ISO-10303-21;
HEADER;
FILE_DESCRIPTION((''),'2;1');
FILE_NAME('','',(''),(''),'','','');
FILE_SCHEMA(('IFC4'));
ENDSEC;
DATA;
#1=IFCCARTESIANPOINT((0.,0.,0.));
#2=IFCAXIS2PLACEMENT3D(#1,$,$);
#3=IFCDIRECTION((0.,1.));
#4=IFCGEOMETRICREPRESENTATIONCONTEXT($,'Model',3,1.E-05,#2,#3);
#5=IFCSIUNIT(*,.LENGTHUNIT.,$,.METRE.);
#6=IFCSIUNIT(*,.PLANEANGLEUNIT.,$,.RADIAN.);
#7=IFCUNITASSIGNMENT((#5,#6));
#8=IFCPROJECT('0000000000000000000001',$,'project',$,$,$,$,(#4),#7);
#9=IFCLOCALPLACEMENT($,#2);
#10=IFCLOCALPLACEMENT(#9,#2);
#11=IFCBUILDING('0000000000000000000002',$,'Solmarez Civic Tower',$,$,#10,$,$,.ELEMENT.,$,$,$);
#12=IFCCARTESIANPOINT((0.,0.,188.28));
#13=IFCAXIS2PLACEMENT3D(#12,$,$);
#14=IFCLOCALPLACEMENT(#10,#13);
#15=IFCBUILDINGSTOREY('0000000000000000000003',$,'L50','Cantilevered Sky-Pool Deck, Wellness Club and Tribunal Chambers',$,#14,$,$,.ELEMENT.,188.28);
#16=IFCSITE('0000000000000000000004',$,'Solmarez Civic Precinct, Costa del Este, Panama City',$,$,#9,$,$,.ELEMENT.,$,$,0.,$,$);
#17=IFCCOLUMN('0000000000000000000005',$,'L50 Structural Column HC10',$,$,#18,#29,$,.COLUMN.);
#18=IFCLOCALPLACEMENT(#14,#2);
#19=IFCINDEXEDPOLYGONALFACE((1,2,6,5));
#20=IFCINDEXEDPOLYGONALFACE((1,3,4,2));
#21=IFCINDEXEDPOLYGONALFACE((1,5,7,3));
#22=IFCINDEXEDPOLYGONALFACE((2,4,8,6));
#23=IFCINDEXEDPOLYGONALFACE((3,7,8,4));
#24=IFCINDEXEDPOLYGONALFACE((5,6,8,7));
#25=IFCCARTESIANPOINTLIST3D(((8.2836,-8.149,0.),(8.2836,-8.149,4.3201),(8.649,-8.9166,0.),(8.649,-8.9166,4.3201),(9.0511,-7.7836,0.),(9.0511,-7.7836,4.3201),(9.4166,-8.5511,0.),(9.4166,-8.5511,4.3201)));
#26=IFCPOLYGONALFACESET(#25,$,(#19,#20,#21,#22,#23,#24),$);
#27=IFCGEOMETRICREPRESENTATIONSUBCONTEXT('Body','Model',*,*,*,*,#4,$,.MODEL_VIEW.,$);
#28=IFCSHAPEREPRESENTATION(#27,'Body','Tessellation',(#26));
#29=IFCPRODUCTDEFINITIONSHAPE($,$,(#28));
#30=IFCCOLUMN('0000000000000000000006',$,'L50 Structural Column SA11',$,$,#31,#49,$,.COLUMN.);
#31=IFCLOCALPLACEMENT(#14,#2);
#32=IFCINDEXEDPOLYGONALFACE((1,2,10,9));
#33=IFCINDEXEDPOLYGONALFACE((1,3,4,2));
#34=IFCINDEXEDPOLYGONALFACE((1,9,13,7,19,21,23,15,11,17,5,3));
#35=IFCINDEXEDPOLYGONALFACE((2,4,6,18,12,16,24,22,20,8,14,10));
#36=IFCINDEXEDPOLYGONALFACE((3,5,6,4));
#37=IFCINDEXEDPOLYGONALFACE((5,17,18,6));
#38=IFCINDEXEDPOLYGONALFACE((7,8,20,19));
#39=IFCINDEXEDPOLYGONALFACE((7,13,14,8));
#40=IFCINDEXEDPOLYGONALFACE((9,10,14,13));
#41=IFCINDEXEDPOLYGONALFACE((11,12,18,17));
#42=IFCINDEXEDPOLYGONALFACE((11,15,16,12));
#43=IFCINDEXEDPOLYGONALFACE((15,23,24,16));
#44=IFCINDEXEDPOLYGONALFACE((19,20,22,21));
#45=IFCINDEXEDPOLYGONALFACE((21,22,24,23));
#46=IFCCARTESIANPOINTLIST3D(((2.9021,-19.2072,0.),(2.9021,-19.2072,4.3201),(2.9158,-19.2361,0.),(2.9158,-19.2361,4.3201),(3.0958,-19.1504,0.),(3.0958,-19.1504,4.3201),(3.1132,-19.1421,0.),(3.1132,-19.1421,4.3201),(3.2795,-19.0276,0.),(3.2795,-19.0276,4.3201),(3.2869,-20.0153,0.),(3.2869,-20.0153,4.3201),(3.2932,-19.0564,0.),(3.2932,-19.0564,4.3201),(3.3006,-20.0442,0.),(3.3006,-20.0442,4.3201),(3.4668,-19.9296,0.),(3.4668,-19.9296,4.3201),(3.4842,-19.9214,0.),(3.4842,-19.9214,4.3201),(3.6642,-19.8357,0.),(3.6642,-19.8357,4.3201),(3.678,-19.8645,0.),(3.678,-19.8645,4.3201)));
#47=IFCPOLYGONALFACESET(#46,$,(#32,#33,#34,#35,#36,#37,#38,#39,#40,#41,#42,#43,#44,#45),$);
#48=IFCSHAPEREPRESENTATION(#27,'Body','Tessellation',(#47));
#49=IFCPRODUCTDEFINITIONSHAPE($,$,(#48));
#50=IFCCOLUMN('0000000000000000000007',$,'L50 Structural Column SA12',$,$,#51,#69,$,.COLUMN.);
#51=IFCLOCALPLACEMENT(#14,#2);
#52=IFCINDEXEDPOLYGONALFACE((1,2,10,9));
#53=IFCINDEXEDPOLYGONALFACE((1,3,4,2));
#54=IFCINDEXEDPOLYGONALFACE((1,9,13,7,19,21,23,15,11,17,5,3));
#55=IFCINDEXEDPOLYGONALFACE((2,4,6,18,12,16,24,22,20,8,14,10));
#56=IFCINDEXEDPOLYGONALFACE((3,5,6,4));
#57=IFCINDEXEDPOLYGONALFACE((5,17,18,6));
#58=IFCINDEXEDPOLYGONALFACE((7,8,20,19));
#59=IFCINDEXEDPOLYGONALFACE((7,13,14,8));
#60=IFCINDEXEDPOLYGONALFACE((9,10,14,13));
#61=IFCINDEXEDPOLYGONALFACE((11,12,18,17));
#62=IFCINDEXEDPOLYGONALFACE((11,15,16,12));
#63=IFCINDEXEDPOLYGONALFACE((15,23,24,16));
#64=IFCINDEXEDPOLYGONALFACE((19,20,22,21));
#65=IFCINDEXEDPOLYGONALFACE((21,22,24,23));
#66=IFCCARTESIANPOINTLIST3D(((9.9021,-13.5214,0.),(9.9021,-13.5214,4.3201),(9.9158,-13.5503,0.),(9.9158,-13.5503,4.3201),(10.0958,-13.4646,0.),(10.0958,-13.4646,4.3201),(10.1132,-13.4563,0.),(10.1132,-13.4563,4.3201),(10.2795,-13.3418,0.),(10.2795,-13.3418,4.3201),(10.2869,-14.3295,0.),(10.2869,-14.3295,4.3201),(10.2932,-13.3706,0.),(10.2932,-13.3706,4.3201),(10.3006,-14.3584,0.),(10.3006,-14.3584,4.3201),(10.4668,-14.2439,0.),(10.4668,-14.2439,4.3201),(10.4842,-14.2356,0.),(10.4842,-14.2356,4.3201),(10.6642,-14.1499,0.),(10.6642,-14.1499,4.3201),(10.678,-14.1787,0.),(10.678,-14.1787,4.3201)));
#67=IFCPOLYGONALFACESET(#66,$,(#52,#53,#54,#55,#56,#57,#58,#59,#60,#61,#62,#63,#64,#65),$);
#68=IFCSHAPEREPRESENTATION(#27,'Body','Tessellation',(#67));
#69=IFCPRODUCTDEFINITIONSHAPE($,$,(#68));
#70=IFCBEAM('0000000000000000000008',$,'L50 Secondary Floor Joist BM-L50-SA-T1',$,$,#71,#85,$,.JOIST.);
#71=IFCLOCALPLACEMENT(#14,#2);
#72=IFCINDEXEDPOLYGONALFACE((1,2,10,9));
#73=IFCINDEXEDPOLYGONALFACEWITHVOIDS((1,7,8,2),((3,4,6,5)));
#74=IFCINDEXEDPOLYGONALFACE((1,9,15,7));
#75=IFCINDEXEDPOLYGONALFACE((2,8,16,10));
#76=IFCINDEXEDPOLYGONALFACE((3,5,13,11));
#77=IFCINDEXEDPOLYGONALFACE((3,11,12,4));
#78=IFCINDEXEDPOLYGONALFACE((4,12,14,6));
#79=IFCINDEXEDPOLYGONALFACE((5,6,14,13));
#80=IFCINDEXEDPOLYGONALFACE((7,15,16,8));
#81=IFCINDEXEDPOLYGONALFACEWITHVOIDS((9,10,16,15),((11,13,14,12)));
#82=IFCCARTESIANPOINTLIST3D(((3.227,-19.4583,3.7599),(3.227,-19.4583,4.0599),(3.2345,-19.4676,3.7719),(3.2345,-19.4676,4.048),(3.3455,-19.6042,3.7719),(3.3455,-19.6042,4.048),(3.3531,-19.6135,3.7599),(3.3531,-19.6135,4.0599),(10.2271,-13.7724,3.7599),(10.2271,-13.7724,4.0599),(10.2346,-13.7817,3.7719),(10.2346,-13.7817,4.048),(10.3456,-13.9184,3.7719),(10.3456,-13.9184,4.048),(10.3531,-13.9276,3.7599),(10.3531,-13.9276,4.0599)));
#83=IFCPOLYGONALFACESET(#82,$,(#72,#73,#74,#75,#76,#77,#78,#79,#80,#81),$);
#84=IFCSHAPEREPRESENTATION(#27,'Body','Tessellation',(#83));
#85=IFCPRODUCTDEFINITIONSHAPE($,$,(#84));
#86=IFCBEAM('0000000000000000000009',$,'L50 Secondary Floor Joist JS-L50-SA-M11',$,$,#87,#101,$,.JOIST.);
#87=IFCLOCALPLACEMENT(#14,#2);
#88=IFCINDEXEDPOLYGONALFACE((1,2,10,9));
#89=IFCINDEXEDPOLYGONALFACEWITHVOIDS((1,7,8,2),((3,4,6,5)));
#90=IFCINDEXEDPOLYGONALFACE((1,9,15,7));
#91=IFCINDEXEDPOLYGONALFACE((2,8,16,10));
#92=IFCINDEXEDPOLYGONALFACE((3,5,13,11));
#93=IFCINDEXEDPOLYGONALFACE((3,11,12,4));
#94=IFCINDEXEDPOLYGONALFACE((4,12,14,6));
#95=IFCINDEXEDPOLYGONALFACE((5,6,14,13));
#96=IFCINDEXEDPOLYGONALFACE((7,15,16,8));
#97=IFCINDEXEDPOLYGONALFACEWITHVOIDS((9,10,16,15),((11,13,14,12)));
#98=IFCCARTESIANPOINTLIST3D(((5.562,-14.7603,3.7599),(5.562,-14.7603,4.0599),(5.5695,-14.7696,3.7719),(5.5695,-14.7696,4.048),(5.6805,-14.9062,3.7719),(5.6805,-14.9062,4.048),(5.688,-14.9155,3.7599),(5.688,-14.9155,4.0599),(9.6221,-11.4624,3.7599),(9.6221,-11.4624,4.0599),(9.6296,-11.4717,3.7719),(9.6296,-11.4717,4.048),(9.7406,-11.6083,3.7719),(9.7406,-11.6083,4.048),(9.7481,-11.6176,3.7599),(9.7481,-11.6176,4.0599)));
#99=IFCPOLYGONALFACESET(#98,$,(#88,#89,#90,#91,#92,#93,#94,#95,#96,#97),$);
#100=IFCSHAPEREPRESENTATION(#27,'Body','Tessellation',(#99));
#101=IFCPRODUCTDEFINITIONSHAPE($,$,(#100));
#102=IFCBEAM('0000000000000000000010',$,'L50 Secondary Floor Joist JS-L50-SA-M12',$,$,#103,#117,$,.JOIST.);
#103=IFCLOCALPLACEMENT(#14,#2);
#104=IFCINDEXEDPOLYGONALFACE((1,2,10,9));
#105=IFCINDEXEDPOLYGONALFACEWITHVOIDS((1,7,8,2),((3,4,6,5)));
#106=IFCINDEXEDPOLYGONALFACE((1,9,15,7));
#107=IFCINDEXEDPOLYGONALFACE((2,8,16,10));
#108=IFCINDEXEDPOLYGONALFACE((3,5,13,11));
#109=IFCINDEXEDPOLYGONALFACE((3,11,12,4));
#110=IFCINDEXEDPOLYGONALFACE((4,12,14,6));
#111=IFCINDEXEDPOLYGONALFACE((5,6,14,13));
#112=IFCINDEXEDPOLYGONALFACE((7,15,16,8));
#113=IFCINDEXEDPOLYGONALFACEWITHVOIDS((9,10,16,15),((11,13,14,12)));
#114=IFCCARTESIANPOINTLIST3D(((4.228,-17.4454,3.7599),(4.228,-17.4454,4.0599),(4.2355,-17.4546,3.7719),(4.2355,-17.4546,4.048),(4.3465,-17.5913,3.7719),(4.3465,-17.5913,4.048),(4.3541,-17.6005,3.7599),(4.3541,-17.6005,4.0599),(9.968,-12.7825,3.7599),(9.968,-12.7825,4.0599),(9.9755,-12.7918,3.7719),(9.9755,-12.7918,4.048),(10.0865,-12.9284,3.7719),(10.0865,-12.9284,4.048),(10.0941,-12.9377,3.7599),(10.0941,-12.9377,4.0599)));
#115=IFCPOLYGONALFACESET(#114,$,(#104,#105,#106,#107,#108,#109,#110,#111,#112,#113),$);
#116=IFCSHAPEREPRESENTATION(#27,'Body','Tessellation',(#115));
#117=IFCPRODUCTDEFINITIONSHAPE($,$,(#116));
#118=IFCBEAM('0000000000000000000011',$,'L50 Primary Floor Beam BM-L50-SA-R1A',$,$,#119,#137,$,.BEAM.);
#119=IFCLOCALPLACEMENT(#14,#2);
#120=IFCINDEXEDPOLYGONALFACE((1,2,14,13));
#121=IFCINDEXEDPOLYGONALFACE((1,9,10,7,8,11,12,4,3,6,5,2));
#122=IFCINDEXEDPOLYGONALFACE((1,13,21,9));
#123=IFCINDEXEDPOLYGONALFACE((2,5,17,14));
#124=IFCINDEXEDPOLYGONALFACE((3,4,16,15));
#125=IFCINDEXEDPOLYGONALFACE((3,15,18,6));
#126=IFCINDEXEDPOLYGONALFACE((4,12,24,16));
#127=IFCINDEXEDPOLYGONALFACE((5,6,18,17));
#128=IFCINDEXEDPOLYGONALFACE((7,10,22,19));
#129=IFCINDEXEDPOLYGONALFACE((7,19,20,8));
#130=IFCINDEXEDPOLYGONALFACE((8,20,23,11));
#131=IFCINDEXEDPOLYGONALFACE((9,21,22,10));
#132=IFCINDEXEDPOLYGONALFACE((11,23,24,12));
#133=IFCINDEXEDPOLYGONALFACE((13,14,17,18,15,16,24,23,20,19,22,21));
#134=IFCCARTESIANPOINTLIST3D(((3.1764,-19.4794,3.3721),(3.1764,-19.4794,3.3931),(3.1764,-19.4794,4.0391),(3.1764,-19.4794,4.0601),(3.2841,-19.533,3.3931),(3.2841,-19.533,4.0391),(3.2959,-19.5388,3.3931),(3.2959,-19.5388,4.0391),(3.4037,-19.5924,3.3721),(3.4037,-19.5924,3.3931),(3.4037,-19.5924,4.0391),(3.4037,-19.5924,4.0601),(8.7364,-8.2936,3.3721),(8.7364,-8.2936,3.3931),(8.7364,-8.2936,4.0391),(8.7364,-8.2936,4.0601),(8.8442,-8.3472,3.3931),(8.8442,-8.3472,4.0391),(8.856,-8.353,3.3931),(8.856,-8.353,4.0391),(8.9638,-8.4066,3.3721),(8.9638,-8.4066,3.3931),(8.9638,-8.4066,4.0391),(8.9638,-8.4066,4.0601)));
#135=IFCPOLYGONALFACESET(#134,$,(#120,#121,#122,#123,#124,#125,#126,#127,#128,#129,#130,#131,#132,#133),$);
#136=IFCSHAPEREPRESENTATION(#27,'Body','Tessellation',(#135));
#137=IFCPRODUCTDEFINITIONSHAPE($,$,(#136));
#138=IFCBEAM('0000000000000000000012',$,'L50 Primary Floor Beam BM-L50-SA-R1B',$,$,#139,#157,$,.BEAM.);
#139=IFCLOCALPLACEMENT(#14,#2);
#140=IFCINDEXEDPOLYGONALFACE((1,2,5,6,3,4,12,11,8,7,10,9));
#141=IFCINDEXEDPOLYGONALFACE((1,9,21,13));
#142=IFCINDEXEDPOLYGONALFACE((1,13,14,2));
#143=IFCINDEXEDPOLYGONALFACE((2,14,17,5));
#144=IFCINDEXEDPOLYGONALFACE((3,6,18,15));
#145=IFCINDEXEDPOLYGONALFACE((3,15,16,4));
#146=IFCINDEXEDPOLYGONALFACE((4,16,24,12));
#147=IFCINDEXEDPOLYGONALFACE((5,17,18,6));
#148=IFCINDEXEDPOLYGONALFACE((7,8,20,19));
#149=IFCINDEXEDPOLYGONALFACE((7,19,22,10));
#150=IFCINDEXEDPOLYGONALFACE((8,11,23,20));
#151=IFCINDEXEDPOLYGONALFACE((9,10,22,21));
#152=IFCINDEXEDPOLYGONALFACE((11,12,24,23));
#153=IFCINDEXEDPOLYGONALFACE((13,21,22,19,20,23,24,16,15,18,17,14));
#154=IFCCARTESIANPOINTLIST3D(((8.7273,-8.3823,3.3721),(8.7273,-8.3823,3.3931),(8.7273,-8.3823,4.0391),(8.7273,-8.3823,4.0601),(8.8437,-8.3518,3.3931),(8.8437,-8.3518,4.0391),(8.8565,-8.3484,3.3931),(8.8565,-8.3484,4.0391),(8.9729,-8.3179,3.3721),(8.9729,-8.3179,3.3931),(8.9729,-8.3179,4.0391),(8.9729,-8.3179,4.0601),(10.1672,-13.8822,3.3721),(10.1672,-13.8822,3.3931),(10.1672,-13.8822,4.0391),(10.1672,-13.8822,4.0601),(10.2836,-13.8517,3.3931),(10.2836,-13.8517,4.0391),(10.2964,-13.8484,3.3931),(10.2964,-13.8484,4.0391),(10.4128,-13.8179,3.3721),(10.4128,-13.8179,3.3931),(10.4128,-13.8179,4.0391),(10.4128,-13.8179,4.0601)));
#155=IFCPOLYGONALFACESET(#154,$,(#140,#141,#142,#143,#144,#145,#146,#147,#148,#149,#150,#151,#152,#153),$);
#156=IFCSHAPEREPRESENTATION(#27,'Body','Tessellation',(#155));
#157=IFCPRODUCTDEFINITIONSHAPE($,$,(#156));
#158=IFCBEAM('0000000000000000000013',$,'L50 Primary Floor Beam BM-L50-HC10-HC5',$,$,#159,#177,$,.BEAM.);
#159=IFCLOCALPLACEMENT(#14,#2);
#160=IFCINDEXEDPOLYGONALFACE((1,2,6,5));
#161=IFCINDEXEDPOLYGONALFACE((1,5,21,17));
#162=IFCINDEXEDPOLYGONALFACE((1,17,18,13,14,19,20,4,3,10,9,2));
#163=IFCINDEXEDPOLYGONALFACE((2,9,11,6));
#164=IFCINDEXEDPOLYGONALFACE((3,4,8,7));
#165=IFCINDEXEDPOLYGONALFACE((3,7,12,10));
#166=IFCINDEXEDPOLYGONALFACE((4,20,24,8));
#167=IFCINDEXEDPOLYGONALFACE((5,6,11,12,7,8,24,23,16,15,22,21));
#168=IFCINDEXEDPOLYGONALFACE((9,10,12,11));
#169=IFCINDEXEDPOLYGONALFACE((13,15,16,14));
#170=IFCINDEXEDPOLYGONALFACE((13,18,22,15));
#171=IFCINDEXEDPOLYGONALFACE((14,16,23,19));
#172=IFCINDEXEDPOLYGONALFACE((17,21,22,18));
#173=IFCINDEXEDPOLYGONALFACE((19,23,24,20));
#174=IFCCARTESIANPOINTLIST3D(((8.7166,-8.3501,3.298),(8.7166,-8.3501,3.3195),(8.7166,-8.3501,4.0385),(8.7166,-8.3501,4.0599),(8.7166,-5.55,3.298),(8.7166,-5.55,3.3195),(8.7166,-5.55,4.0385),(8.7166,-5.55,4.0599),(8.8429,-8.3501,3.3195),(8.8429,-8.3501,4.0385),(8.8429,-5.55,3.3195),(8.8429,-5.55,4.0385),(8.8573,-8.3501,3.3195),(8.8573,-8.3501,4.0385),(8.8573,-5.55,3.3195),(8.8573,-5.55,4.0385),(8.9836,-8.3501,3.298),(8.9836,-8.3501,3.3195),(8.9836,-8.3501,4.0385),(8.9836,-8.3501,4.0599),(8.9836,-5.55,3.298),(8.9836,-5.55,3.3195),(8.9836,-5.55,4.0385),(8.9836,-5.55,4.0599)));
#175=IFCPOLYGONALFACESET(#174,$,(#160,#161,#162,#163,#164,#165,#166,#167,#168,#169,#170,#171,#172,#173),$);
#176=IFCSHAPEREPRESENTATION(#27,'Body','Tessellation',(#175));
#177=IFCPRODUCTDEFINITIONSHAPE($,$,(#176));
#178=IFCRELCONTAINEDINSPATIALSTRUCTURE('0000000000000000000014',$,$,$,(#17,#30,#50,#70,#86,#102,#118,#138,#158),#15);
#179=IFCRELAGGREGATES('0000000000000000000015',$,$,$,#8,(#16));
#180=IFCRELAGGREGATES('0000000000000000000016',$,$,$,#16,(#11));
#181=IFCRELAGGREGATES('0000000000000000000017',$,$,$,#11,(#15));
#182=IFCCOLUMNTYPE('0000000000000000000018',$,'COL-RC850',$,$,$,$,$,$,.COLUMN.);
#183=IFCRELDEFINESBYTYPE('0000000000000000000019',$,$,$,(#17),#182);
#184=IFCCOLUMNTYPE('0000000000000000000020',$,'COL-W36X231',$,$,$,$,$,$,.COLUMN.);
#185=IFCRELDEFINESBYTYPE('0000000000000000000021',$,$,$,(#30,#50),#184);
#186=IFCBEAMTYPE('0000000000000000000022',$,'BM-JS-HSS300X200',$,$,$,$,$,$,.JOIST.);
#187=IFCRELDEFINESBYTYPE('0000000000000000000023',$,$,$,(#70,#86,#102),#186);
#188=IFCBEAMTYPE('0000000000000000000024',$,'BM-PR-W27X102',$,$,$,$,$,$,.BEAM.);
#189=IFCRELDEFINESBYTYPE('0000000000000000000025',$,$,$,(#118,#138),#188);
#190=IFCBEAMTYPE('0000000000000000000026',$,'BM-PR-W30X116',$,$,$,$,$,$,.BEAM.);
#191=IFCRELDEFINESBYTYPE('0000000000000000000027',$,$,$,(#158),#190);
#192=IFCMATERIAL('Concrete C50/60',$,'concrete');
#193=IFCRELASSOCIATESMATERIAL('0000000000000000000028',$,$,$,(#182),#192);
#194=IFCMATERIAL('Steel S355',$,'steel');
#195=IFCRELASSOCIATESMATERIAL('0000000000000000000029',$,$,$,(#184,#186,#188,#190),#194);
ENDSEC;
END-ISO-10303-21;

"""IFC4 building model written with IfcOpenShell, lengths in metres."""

from ifc_helpers import new_model, si_unit, direction, frame, origin, origin_2d, place, context, subcontext, project, spatial, rectangle, hollow_rectangle, i_section, extrude, material, material_profile, profile_set, type_object, element, save


model = new_model("IFC4")

# Units and contexts
model_context = context("Model", 3, precision=1e-05, world=origin(), true_north=direction((0.0, 1.0)))
body_context = subcontext(model_context, "Body", "Model", "MODEL_VIEW")
ifc_project = project(units=[si_unit("LENGTHUNIT", "METRE"), si_unit("PLANEANGLEUNIT", "RADIAN")], contexts=[model_context])

# Site, building, storey
site_placement = place(None, origin())
site = spatial("IfcSite", under=ifc_project, at=site_placement, Name="Solmarez Civic Precinct, Costa del Este, Panama City", CompositionType="ELEMENT", RefElevation=0.0)
building_placement = place(site_placement, origin())
building = spatial("IfcBuilding", under=site, at=building_placement, Name="Solmarez Civic Tower", CompositionType="ELEMENT")
storey_placement = place(building_placement, frame((0.0, 0.0, 188.28)))
storey = spatial("IfcBuildingStorey", under=building, at=storey_placement, Name="L50", Description="Cantilevered Sky-Pool Deck, Wellness Club and Tribunal Chambers", CompositionType="ELEMENT", Elevation=188.28)

# Columns
ifc_material_1 = material(Name="Concrete C50/60", Category="concrete")
ifc_material_profile_1 = material_profile(ifc_material_1, rectangle(XDim=0.8501, YDim=0.8501, at=origin_2d()), Name="RC850X850")
ifc_profile_set_1 = profile_set([ifc_material_profile_1], Name="Concrete C50/60")
column_type_1 = type_object("IfcColumnType", Name="COL-RC850", PredefinedType="COLUMN", material=ifc_profile_set_1)
column_placement = place(storey_placement, frame((8.8501, -8.3501, 0.0), z_axis=(0.0, 0.0, 1.0), x_axis=(0.902886, 0.429881, 0.0)))
element("IfcColumn", 1, at=column_placement, inside=storey, type_object=column_type_1, Name="L50 Structural Column HC10", PredefinedType="COLUMN", context=body_context, shape_type="SweptSolid", body=[
    extrude(rectangle(XDim=0.8501, YDim=0.8501, at=origin_2d()), origin(), (0.0, 0.0, 1.0), 4.3201),
])
ifc_material_2 = material(Name="Steel S355", Category="steel")
ifc_material_profile_2 = material_profile(ifc_material_2, i_section(OverallWidth=0.418, OverallDepth=0.927, WebThickness=0.0193, FlangeThickness=0.032, at=origin_2d()), Name="W36X231")
ifc_profile_set_2 = profile_set([ifc_material_profile_2], Name="Steel S355")
column_type_2 = type_object("IfcColumnType", Name="COL-W36X231", PredefinedType="COLUMN", material=ifc_profile_set_2)
for number, where, z_axis, x_axis, name in (
    (2, (3.29, -19.5359, 0.0), (0.0, 0.0, 1.0), (0.902886, 0.429881, 0.0), "L50 Structural Column SA11"),
    (3, (10.29, -13.8501, 0.0), (0.0, 0.0, 1.0), (0.902886, 0.429881, 0.0), "L50 Structural Column SA12"),
):
    element("IfcColumn", number, at=place(storey_placement, frame(where, z_axis=z_axis, x_axis=x_axis)), inside=storey, type_object=column_type_2, Name=name, PredefinedType="COLUMN", context=body_context, shape_type="SweptSolid", body=[
        extrude(i_section(OverallWidth=0.418, OverallDepth=0.927, WebThickness=0.0193, FlangeThickness=0.032, at=origin_2d()), origin(), (0.0, 0.0, 1.0), 4.3201),
    ])

# Beams
ifc_material_profile_3 = material_profile(ifc_material_2, hollow_rectangle(XDim=0.2, YDim=0.3, WallThickness=0.012, at=origin_2d()), Name="HSS300X200X12")
ifc_profile_set_3 = profile_set([ifc_material_profile_3], Name="Steel S355")
beam_type_1 = type_object("IfcBeamType", Name="BM-JS-HSS300X200", PredefinedType="JOIST", material=ifc_profile_set_3)
beam_1_placement = place(storey_placement, frame((3.29, -19.5359, 3.9099), z_axis=(0.776207, 0.630478, 0.0), x_axis=(-0.630478, 0.776207, 0.0)))
element("IfcBeam", 4, at=beam_1_placement, inside=storey, type_object=beam_type_1, Name="L50 Secondary Floor Joist BM-L50-SA-T1", PredefinedType="JOIST", context=body_context, shape_type="SweptSolid", body=[
    extrude(hollow_rectangle(XDim=0.2, YDim=0.3, WallThickness=0.012, at=origin_2d()), origin(), (0.0, 0.0, 1.0), 9.0183),
])
beam_2_placement = place(storey_placement, frame((5.625, -14.8379, 3.9099), z_axis=(0.776203, 0.630484, 0.0), x_axis=(-0.630484, 0.776203, 0.0)))
element("IfcBeam", 5, at=beam_2_placement, inside=storey, type_object=beam_type_1, Name="L50 Secondary Floor Joist JS-L50-SA-M11", PredefinedType="JOIST", context=body_context, shape_type="SweptSolid", body=[
    extrude(hollow_rectangle(XDim=0.2, YDim=0.3, WallThickness=0.012, at=origin_2d()), origin(), (0.0, 0.0, 1.0), 5.2307),
])
beam_3_placement = place(storey_placement, frame((4.291, -17.5229, 3.9099), z_axis=(0.776174, 0.630519, 0.0), x_axis=(-0.630519, 0.776174, 0.0)))
element("IfcBeam", 6, at=beam_3_placement, inside=storey, type_object=beam_type_1, Name="L50 Secondary Floor Joist JS-L50-SA-M12", PredefinedType="JOIST", context=body_context, shape_type="SweptSolid", body=[
    extrude(hollow_rectangle(XDim=0.2, YDim=0.3, WallThickness=0.012, at=origin_2d()), origin(), (0.0, 0.0, 1.0), 7.3953),
])
ifc_material_profile_4 = material_profile(ifc_material_2, i_section(OverallWidth=0.2539, OverallDepth=0.688, WebThickness=0.0132, FlangeThickness=0.021, at=origin_2d()), Name="W27X102")
ifc_profile_set_4 = profile_set([ifc_material_profile_4], Name="Steel S355")
beam_type_2 = type_object("IfcBeamType", Name="BM-PR-W27X102", PredefinedType="BEAM", material=ifc_profile_set_4)
beam_4_placement = place(storey_placement, frame((8.8501, -8.3501, 3.7161), z_axis=(-0.445109, -0.895476, 0.0), x_axis=(0.895476, -0.445109, 0.0)))
element("IfcBeam", 7, at=beam_4_placement, inside=storey, type_object=beam_type_2, Name="L50 Primary Floor Beam BM-L50-SA-R1A", PredefinedType="BEAM", context=body_context, shape_type="SweptSolid", body=[
    extrude(i_section(OverallWidth=0.2539, OverallDepth=0.688, WebThickness=0.0132, FlangeThickness=0.021, at=origin_2d()), origin(), (0.0, 0.0, 1.0), 12.4915),
])
beam_5_placement = place(storey_placement, frame((8.8501, -8.3501, 3.7161), z_axis=(0.253271, -0.967395, 0.0), x_axis=(0.967395, 0.253271, 0.0)))
element("IfcBeam", 8, at=beam_5_placement, inside=storey, type_object=beam_type_2, Name="L50 Primary Floor Beam BM-L50-SA-R1B", PredefinedType="BEAM", context=body_context, shape_type="SweptSolid", body=[
    extrude(i_section(OverallWidth=0.2539, OverallDepth=0.688, WebThickness=0.0132, FlangeThickness=0.021, at=origin_2d()), origin(), (0.0, 0.0, 1.0), 5.6853),
])
ifc_material_profile_5 = material_profile(ifc_material_2, i_section(OverallWidth=0.2671, OverallDepth=0.762, WebThickness=0.0144, FlangeThickness=0.0215, at=origin_2d()), Name="W30X116")
ifc_profile_set_5 = profile_set([ifc_material_profile_5], Name="Steel S355")
beam_type_3 = type_object("IfcBeamType", Name="BM-PR-W30X116", PredefinedType="BEAM", material=ifc_profile_set_5)
beam_6_placement = place(storey_placement, frame((8.8501, -8.3501, 3.679), z_axis=(0.0, 1.0, 0.0), x_axis=(-1.0, 0.0, 0.0)))
element("IfcBeam", 9, at=beam_6_placement, inside=storey, type_object=beam_type_3, Name="L50 Primary Floor Beam BM-L50-HC10-HC5", PredefinedType="BEAM", context=body_context, shape_type="SweptSolid", body=[
    extrude(i_section(OverallWidth=0.2671, OverallDepth=0.762, WebThickness=0.0144, FlangeThickness=0.0215, at=origin_2d()), origin(), (0.0, 0.0, 1.0), 2.8),
])

save(model, "model.ifc")
